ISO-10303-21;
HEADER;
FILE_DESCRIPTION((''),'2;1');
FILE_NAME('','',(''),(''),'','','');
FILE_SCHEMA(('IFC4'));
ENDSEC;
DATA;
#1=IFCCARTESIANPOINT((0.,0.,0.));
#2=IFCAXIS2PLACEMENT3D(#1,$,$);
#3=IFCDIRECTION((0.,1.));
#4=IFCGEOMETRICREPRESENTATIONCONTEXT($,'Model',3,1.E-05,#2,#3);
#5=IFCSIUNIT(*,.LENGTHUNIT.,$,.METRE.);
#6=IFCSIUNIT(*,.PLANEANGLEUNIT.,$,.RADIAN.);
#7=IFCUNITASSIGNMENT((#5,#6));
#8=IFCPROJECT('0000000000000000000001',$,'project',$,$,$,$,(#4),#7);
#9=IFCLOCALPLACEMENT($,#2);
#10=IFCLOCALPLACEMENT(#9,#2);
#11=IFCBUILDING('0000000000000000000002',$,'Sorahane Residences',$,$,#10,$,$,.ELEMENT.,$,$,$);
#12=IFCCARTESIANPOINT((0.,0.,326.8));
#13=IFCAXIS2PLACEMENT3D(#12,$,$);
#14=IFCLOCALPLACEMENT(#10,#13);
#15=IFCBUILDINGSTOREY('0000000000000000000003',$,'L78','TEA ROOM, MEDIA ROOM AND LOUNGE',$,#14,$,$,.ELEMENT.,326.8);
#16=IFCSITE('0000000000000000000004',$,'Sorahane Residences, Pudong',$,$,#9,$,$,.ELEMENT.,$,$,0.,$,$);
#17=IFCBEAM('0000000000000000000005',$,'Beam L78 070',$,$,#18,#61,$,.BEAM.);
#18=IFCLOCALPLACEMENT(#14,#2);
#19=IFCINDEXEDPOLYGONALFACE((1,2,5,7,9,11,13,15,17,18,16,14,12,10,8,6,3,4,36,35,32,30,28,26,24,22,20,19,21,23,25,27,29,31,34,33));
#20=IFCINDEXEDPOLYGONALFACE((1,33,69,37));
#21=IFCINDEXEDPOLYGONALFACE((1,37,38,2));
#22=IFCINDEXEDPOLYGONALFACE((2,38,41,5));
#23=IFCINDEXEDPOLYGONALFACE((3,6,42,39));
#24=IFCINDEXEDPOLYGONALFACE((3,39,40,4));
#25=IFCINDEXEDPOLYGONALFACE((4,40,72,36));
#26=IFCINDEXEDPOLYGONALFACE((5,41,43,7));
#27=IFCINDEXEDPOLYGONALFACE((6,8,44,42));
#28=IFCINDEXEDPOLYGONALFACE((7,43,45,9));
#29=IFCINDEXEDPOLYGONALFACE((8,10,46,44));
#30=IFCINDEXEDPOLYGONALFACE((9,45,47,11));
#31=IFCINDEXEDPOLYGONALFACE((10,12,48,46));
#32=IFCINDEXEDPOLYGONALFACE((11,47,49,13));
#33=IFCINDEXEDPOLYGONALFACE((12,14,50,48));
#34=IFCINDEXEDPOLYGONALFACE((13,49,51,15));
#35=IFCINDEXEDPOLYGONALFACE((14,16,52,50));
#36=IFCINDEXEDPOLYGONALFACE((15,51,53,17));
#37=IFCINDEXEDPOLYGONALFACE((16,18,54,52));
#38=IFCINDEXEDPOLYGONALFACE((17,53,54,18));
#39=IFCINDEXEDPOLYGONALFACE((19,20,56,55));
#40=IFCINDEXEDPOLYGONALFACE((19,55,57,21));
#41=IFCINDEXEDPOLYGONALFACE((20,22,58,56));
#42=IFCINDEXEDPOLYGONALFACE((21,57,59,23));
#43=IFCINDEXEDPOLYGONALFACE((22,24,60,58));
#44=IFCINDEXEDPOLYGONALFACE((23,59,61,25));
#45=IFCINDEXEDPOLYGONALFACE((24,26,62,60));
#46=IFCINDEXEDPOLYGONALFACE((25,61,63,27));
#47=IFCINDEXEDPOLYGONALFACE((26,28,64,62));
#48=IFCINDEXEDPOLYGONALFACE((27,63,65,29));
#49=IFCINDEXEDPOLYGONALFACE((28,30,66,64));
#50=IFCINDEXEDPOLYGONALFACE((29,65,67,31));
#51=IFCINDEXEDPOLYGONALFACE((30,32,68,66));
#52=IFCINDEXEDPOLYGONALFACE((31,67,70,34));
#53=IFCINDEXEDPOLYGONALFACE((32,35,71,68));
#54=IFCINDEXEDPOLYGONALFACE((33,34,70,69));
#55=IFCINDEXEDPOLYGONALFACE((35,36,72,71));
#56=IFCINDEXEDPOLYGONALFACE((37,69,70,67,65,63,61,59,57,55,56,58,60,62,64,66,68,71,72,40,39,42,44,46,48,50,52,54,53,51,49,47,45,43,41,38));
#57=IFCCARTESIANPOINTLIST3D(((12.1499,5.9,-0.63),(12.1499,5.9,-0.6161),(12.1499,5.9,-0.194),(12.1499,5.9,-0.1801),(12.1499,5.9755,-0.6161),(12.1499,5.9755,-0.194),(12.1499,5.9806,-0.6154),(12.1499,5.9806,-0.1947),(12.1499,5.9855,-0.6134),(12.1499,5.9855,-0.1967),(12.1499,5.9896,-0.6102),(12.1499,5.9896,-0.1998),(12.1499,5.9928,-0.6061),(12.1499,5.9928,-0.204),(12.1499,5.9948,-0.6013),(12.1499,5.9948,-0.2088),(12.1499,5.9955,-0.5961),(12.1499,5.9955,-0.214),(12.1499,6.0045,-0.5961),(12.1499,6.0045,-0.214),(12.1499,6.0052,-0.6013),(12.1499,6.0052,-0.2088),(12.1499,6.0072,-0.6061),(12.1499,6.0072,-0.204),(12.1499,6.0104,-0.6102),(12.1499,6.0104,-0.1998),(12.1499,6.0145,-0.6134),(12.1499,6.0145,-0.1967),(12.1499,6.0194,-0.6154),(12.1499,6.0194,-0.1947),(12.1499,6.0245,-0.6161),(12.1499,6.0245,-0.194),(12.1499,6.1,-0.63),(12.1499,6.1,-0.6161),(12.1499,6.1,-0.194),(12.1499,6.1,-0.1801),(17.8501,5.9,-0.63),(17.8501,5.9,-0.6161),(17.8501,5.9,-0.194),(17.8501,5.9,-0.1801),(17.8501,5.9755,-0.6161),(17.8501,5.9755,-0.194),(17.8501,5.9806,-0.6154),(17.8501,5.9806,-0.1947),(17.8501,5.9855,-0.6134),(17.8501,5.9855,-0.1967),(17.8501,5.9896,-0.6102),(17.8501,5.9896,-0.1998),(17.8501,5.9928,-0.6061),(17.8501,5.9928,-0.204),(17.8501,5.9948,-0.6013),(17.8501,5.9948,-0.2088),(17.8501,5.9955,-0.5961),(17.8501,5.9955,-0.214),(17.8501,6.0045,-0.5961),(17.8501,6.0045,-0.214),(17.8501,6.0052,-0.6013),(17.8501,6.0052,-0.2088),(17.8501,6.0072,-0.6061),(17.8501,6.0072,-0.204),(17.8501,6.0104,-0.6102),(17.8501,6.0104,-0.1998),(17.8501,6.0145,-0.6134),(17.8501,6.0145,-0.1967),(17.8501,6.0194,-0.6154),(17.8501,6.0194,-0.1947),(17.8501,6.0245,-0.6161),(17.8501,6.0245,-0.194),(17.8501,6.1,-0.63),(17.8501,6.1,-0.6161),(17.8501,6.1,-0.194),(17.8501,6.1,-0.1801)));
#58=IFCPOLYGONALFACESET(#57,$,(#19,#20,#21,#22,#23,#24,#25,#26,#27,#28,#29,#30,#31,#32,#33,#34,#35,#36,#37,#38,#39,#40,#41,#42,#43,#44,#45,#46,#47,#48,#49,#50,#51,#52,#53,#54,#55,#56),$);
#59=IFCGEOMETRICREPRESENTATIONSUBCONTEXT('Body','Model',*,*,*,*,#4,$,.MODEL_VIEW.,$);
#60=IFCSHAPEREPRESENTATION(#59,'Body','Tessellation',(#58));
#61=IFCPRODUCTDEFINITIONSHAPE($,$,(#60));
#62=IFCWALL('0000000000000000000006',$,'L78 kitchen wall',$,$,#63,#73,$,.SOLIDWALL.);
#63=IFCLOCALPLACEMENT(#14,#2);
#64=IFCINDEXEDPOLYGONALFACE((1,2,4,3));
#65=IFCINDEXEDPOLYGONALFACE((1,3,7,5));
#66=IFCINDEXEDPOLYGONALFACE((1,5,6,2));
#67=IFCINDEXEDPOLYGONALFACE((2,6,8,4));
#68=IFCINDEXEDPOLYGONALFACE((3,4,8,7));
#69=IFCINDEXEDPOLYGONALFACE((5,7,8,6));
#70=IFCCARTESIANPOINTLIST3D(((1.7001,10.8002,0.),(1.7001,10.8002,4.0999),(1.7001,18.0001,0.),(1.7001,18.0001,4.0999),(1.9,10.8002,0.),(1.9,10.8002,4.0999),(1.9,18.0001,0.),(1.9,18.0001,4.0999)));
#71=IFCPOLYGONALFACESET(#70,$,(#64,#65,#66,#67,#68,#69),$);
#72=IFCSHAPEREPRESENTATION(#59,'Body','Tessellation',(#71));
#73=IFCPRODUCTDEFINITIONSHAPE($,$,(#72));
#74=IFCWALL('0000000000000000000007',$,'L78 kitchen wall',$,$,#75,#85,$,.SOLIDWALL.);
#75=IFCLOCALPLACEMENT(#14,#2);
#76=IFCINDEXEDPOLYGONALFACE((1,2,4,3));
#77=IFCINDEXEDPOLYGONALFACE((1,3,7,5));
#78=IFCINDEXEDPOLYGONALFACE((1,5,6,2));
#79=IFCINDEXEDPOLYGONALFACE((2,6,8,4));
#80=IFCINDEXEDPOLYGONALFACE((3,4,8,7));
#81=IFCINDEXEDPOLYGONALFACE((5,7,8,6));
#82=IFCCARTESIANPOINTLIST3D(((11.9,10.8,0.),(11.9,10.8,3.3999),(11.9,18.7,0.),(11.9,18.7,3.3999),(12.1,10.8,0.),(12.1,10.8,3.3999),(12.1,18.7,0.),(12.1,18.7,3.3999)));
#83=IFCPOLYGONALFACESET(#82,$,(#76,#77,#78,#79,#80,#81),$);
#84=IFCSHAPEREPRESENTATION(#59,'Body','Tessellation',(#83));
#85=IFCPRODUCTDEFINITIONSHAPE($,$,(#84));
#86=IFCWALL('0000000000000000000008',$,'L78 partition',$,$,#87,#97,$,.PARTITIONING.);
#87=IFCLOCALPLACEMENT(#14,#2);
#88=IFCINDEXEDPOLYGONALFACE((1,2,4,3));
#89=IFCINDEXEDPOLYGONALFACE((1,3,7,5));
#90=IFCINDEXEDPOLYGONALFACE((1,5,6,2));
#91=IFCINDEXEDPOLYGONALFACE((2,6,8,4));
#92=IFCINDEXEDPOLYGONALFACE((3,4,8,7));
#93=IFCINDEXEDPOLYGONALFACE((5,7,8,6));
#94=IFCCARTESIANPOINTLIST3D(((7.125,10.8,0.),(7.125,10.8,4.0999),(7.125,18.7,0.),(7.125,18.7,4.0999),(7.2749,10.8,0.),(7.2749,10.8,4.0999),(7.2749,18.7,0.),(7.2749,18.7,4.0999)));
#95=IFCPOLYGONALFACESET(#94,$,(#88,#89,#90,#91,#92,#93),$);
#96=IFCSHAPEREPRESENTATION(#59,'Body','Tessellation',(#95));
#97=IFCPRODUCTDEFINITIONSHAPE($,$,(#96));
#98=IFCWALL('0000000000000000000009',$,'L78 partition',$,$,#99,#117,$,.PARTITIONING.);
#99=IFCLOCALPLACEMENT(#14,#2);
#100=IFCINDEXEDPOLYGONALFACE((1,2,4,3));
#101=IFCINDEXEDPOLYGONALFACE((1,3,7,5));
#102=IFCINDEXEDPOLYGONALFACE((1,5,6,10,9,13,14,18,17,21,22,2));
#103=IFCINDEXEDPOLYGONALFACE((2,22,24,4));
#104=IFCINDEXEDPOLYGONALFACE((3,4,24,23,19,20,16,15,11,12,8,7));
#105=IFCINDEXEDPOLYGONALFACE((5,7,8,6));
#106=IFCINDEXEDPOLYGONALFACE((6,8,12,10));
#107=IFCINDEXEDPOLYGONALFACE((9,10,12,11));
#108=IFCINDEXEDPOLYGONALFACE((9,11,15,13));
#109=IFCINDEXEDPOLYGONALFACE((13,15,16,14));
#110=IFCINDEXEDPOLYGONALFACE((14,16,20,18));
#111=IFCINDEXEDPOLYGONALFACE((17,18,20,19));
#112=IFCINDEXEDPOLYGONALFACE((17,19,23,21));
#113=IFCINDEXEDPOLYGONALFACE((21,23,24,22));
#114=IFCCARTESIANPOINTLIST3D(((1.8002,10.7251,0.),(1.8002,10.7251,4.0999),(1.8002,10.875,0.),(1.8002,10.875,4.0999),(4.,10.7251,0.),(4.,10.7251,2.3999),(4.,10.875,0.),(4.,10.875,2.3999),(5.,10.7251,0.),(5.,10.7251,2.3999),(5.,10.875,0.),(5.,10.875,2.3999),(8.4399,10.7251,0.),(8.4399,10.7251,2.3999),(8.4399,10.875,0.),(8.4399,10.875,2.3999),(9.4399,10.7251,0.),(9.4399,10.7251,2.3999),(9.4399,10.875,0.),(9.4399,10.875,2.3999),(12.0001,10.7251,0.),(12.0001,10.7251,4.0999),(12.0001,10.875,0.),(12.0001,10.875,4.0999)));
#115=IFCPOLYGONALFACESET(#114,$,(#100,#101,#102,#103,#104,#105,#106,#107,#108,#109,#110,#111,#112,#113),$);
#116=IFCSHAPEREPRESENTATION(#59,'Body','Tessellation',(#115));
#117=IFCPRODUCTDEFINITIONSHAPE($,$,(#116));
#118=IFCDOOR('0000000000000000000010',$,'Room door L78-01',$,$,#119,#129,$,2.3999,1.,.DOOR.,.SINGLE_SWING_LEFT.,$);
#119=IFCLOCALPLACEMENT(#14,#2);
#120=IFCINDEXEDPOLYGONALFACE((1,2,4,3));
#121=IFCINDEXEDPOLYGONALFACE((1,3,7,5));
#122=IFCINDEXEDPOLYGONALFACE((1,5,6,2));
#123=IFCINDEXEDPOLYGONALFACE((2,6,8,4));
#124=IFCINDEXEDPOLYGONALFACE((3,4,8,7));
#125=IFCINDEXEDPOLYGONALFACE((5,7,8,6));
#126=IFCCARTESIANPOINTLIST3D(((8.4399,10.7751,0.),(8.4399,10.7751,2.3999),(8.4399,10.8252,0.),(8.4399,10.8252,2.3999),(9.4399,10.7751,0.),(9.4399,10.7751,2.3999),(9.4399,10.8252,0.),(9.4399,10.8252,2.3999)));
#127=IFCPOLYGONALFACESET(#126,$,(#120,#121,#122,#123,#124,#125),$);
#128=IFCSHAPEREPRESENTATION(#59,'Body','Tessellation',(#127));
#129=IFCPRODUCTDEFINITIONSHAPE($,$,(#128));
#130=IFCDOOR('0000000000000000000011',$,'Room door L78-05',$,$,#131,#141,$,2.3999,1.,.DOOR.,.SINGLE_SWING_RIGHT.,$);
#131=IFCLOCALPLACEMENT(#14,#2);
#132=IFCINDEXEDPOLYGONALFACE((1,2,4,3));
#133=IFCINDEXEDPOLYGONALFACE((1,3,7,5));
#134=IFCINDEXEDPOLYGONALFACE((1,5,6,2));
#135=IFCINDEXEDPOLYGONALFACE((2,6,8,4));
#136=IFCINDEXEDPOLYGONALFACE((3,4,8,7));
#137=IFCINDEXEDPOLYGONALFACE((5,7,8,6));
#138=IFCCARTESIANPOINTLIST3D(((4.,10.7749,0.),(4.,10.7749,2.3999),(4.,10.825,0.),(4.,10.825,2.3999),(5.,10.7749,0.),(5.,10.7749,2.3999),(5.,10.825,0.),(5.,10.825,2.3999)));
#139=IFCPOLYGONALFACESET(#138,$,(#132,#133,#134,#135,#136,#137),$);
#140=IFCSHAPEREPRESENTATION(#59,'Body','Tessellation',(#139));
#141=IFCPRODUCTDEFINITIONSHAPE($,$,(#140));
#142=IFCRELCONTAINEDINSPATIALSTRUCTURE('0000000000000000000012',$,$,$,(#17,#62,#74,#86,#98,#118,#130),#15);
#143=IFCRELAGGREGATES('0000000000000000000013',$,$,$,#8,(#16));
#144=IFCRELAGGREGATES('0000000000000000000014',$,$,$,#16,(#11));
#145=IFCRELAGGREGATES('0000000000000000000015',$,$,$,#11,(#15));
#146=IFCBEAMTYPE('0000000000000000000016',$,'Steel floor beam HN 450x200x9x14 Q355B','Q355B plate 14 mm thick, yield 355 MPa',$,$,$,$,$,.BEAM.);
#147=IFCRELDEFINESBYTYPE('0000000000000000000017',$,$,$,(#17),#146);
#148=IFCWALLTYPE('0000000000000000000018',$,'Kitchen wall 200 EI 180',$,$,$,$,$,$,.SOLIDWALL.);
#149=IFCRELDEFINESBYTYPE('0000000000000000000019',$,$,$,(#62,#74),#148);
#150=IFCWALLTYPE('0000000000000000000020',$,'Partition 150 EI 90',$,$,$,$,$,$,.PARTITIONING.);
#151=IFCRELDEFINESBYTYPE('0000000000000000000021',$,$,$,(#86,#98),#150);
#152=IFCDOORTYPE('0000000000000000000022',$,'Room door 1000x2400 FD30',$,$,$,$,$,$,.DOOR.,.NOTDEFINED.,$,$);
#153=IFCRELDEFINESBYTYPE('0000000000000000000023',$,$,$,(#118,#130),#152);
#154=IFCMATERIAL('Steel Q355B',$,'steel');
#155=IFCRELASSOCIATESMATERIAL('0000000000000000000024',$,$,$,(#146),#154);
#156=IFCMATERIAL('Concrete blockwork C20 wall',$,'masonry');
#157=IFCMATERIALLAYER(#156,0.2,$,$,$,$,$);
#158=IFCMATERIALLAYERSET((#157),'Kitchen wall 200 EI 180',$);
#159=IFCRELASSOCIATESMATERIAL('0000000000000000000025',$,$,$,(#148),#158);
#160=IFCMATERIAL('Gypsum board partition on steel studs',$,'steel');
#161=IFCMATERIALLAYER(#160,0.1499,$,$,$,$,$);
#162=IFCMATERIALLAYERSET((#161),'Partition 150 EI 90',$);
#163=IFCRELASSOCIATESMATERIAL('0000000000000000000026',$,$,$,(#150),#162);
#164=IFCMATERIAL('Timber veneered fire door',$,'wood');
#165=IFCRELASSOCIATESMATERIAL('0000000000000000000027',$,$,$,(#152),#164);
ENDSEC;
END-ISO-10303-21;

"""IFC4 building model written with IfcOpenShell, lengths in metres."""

from ifc_helpers import new_model, si_unit, direction, frame, frame_2d, origin, origin_2d, place, context, subcontext, project, spatial, rectangle, i_section, extrude, material, layer, layer_set, material_profile, profile_set, type_object, element, fill, save


model = new_model("IFC4")

# Units and contexts
model_context = context("Model", 3, precision=1e-05, world=origin(), true_north=direction((0.0, 1.0)))
body_context = subcontext(model_context, "Body", "Model", "MODEL_VIEW")
ifc_project = project(units=[si_unit("LENGTHUNIT", "METRE"), si_unit("PLANEANGLEUNIT", "RADIAN")], contexts=[model_context])

# Site, building, storey
site_placement = place(None, origin())
site = spatial("IfcSite", under=ifc_project, at=site_placement, Name="Sorahane Residences, Pudong", CompositionType="ELEMENT", RefElevation=0.0)
building_placement = place(site_placement, origin())
building = spatial("IfcBuilding", under=site, at=building_placement, Name="Sorahane Residences", CompositionType="ELEMENT")
storey_placement = place(building_placement, frame((0.0, 0.0, 326.8)))
storey = spatial("IfcBuildingStorey", under=building, at=storey_placement, Name="L78", Description="TEA ROOM, MEDIA ROOM AND LOUNGE", CompositionType="ELEMENT", Elevation=326.8)

# Beam
ifc_material_1 = material(Name="Steel Q355B", Category="steel")
ifc_material_profile = material_profile(ifc_material_1, i_section(OverallWidth=0.2, OverallDepth=0.45, WebThickness=0.009, FlangeThickness=0.0139, FilletRadius=0.02, at=origin_2d()), Name="HN 450x200x9x14")
ifc_profile_set = profile_set([ifc_material_profile], Name="Steel Q355B")
beam_type = type_object("IfcBeamType", Name="Steel floor beam HN 450x200x9x14 Q355B", Description="Q355B plate 14 mm thick, yield 355 MPa", PredefinedType="BEAM", material=ifc_profile_set)
beam_placement = place(storey_placement, frame((12.1499, 6.0, -0.405), z_axis=(1.0, 0.0, 0.0), x_axis=(0.0, 1.0, 0.0)))
element("IfcBeam", 1, at=beam_placement, inside=storey, type_object=beam_type, Name="Beam L78 070", PredefinedType="BEAM", context=body_context, shape_type="SweptSolid", body=[
    extrude(i_section(OverallWidth=0.2, OverallDepth=0.45, WebThickness=0.009, FlangeThickness=0.0139, FilletRadius=0.02, at=origin_2d()), origin(), (0.0, 0.0, 1.0), 5.7002),
])

# Walls
ifc_material_2 = material(Name="Concrete blockwork C20 wall", Category="masonry")
ifc_layer_1 = layer(ifc_material_2, 0.2)
ifc_layer_set_1 = layer_set([ifc_layer_1], Name="Kitchen wall 200 EI 180")
wall_type_1 = type_object("IfcWallType", Name="Kitchen wall 200 EI 180", PredefinedType="SOLIDWALL", material=ifc_layer_set_1)
wall_1_placement = place(storey_placement, frame((1.8, 10.8, 0.0), z_axis=(0.0, 0.0, 1.0), x_axis=(0.0, 1.0, 0.0)))
element("IfcWall", 2, at=wall_1_placement, inside=storey, type_object=wall_type_1, Name="L78 kitchen wall", PredefinedType="SOLIDWALL", context=body_context, shape_type="SweptSolid", body=[
    extrude(rectangle(XDim=7.2, YDim=0.2, at=frame_2d((3.6001, 0.0))), origin(), (0.0, 0.0, 1.0), 4.0999),
])
wall_2_placement = place(storey_placement, frame((12.0, 10.8, 0.0), z_axis=(0.0, 0.0, 1.0), x_axis=(0.0, 1.0, 0.0)))
element("IfcWall", 3, at=wall_2_placement, inside=storey, type_object=wall_type_1, Name="L78 kitchen wall", PredefinedType="SOLIDWALL", context=body_context, shape_type="SweptSolid", body=[
    extrude(rectangle(XDim=7.8999, YDim=0.2, at=frame_2d((3.95, 0.0))), origin(), (0.0, 0.0, 1.0), 3.3999),
])

# Wall
ifc_material_3 = material(Name="Gypsum board partition on steel studs", Category="steel")
ifc_layer_2 = layer(ifc_material_3, 0.1499)
ifc_layer_set_2 = layer_set([ifc_layer_2], Name="Partition 150 EI 90")
wall_type_2 = type_object("IfcWallType", Name="Partition 150 EI 90", PredefinedType="PARTITIONING", material=ifc_layer_set_2)
wall_3_placement = place(storey_placement, frame((7.2, 10.8, 0.0), z_axis=(0.0, 0.0, 1.0), x_axis=(0.0, 1.0, 0.0)))
element("IfcWall", 4, at=wall_3_placement, inside=storey, type_object=wall_type_2, Name="L78 partition", PredefinedType="PARTITIONING", context=body_context, shape_type="SweptSolid", body=[
    extrude(rectangle(XDim=7.8999, YDim=0.1499, at=frame_2d((3.95, 0.0))), origin(), (0.0, 0.0, 1.0), 4.0999),
])

# Wall, openings, doors
wall_4_placement = place(storey_placement, frame((1.8, 10.8, 0.0), z_axis=(0.0, 0.0, 1.0), x_axis=(1.0, 0.0, 0.0)))
wall_4 = element("IfcWall", 5, at=wall_4_placement, inside=storey, type_object=wall_type_2, Name="L78 partition", PredefinedType="PARTITIONING", context=body_context, shape_type="SweptSolid", body=[
    extrude(rectangle(XDim=10.2, YDim=0.1499, at=frame_2d((5.1001, 0.0))), origin(), (0.0, 0.0, 1.0), 4.0999),
])
opening_1_placement = place(wall_4_placement, frame((6.6399, 0.0, 0.0)))
opening_1 = element("IfcOpeningElement", 6, at=opening_1_placement, cuts=wall_4, PredefinedType="OPENING", context=body_context, shape_type="SweptSolid", body=[
    extrude(rectangle(XDim=1.0, YDim=2.3999, at=frame_2d((0.5, 1.2))), frame((0.0, 0.085, 0.0), z_axis=(0.0, -1.0, 0.0), x_axis=(1.0, 0.0, 0.0)), (0.0, 0.0, 1.0), 0.1699),
])
opening_2_placement = place(wall_4_placement, frame((2.2, 0.0, 0.0)))
opening_2 = element("IfcOpeningElement", 7, at=opening_2_placement, cuts=wall_4, PredefinedType="OPENING", context=body_context, shape_type="SweptSolid", body=[
    extrude(rectangle(XDim=1.0, YDim=2.3999, at=frame_2d((0.5, 1.2))), frame((0.0, 0.085, 0.0), z_axis=(0.0, -1.0, 0.0), x_axis=(1.0, 0.0, 0.0)), (0.0, 0.0, 1.0), 0.1699),
])
ifc_material_4 = material(Name="Timber veneered fire door", Category="wood")
door_type_1 = type_object("IfcDoorType", Name="Room door 1000x2400 FD30", OperationType="NOTDEFINED", PredefinedType="DOOR", material=ifc_material_4)
door_1_placement = place(opening_1_placement, frame((1.0, 0.0, 0.0), z_axis=(0.0, 0.0, 1.0), x_axis=(-1.0, 0.0, 0.0)))
door_1 = element("IfcDoor", 8, at=door_1_placement, inside=storey, type_object=door_type_1, Name="Room door L78-01", OperationType="SINGLE_SWING_LEFT", OverallHeight=2.3999, OverallWidth=1.0, PredefinedType="DOOR", context=body_context, shape_type="SweptSolid", body=[
    extrude(rectangle(XDim=1.0, YDim=2.3999, at=frame_2d((0.5, 1.2))), frame((0.0, 0.0249, 0.0), z_axis=(0.0, -1.0, 0.0), x_axis=(1.0, 0.0, 0.0)), (0.0, 0.0, 1.0), 0.05),
])
fill(opening_1, door_1)
door_2_placement = place(opening_2_placement, origin())
door_2 = element("IfcDoor", 9, at=door_2_placement, inside=storey, type_object=door_type_1, Name="Room door L78-05", OperationType="SINGLE_SWING_RIGHT", OverallHeight=2.3999, OverallWidth=1.0, PredefinedType="DOOR", context=body_context, shape_type="SweptSolid", body=[
    extrude(rectangle(XDim=1.0, YDim=2.3999, at=frame_2d((0.5, 1.2))), frame((0.0, 0.0249, 0.0), z_axis=(0.0, -1.0, 0.0), x_axis=(1.0, 0.0, 0.0)), (0.0, 0.0, 1.0), 0.05),
])
fill(opening_2, door_2)

save(model, "model.ifc")
